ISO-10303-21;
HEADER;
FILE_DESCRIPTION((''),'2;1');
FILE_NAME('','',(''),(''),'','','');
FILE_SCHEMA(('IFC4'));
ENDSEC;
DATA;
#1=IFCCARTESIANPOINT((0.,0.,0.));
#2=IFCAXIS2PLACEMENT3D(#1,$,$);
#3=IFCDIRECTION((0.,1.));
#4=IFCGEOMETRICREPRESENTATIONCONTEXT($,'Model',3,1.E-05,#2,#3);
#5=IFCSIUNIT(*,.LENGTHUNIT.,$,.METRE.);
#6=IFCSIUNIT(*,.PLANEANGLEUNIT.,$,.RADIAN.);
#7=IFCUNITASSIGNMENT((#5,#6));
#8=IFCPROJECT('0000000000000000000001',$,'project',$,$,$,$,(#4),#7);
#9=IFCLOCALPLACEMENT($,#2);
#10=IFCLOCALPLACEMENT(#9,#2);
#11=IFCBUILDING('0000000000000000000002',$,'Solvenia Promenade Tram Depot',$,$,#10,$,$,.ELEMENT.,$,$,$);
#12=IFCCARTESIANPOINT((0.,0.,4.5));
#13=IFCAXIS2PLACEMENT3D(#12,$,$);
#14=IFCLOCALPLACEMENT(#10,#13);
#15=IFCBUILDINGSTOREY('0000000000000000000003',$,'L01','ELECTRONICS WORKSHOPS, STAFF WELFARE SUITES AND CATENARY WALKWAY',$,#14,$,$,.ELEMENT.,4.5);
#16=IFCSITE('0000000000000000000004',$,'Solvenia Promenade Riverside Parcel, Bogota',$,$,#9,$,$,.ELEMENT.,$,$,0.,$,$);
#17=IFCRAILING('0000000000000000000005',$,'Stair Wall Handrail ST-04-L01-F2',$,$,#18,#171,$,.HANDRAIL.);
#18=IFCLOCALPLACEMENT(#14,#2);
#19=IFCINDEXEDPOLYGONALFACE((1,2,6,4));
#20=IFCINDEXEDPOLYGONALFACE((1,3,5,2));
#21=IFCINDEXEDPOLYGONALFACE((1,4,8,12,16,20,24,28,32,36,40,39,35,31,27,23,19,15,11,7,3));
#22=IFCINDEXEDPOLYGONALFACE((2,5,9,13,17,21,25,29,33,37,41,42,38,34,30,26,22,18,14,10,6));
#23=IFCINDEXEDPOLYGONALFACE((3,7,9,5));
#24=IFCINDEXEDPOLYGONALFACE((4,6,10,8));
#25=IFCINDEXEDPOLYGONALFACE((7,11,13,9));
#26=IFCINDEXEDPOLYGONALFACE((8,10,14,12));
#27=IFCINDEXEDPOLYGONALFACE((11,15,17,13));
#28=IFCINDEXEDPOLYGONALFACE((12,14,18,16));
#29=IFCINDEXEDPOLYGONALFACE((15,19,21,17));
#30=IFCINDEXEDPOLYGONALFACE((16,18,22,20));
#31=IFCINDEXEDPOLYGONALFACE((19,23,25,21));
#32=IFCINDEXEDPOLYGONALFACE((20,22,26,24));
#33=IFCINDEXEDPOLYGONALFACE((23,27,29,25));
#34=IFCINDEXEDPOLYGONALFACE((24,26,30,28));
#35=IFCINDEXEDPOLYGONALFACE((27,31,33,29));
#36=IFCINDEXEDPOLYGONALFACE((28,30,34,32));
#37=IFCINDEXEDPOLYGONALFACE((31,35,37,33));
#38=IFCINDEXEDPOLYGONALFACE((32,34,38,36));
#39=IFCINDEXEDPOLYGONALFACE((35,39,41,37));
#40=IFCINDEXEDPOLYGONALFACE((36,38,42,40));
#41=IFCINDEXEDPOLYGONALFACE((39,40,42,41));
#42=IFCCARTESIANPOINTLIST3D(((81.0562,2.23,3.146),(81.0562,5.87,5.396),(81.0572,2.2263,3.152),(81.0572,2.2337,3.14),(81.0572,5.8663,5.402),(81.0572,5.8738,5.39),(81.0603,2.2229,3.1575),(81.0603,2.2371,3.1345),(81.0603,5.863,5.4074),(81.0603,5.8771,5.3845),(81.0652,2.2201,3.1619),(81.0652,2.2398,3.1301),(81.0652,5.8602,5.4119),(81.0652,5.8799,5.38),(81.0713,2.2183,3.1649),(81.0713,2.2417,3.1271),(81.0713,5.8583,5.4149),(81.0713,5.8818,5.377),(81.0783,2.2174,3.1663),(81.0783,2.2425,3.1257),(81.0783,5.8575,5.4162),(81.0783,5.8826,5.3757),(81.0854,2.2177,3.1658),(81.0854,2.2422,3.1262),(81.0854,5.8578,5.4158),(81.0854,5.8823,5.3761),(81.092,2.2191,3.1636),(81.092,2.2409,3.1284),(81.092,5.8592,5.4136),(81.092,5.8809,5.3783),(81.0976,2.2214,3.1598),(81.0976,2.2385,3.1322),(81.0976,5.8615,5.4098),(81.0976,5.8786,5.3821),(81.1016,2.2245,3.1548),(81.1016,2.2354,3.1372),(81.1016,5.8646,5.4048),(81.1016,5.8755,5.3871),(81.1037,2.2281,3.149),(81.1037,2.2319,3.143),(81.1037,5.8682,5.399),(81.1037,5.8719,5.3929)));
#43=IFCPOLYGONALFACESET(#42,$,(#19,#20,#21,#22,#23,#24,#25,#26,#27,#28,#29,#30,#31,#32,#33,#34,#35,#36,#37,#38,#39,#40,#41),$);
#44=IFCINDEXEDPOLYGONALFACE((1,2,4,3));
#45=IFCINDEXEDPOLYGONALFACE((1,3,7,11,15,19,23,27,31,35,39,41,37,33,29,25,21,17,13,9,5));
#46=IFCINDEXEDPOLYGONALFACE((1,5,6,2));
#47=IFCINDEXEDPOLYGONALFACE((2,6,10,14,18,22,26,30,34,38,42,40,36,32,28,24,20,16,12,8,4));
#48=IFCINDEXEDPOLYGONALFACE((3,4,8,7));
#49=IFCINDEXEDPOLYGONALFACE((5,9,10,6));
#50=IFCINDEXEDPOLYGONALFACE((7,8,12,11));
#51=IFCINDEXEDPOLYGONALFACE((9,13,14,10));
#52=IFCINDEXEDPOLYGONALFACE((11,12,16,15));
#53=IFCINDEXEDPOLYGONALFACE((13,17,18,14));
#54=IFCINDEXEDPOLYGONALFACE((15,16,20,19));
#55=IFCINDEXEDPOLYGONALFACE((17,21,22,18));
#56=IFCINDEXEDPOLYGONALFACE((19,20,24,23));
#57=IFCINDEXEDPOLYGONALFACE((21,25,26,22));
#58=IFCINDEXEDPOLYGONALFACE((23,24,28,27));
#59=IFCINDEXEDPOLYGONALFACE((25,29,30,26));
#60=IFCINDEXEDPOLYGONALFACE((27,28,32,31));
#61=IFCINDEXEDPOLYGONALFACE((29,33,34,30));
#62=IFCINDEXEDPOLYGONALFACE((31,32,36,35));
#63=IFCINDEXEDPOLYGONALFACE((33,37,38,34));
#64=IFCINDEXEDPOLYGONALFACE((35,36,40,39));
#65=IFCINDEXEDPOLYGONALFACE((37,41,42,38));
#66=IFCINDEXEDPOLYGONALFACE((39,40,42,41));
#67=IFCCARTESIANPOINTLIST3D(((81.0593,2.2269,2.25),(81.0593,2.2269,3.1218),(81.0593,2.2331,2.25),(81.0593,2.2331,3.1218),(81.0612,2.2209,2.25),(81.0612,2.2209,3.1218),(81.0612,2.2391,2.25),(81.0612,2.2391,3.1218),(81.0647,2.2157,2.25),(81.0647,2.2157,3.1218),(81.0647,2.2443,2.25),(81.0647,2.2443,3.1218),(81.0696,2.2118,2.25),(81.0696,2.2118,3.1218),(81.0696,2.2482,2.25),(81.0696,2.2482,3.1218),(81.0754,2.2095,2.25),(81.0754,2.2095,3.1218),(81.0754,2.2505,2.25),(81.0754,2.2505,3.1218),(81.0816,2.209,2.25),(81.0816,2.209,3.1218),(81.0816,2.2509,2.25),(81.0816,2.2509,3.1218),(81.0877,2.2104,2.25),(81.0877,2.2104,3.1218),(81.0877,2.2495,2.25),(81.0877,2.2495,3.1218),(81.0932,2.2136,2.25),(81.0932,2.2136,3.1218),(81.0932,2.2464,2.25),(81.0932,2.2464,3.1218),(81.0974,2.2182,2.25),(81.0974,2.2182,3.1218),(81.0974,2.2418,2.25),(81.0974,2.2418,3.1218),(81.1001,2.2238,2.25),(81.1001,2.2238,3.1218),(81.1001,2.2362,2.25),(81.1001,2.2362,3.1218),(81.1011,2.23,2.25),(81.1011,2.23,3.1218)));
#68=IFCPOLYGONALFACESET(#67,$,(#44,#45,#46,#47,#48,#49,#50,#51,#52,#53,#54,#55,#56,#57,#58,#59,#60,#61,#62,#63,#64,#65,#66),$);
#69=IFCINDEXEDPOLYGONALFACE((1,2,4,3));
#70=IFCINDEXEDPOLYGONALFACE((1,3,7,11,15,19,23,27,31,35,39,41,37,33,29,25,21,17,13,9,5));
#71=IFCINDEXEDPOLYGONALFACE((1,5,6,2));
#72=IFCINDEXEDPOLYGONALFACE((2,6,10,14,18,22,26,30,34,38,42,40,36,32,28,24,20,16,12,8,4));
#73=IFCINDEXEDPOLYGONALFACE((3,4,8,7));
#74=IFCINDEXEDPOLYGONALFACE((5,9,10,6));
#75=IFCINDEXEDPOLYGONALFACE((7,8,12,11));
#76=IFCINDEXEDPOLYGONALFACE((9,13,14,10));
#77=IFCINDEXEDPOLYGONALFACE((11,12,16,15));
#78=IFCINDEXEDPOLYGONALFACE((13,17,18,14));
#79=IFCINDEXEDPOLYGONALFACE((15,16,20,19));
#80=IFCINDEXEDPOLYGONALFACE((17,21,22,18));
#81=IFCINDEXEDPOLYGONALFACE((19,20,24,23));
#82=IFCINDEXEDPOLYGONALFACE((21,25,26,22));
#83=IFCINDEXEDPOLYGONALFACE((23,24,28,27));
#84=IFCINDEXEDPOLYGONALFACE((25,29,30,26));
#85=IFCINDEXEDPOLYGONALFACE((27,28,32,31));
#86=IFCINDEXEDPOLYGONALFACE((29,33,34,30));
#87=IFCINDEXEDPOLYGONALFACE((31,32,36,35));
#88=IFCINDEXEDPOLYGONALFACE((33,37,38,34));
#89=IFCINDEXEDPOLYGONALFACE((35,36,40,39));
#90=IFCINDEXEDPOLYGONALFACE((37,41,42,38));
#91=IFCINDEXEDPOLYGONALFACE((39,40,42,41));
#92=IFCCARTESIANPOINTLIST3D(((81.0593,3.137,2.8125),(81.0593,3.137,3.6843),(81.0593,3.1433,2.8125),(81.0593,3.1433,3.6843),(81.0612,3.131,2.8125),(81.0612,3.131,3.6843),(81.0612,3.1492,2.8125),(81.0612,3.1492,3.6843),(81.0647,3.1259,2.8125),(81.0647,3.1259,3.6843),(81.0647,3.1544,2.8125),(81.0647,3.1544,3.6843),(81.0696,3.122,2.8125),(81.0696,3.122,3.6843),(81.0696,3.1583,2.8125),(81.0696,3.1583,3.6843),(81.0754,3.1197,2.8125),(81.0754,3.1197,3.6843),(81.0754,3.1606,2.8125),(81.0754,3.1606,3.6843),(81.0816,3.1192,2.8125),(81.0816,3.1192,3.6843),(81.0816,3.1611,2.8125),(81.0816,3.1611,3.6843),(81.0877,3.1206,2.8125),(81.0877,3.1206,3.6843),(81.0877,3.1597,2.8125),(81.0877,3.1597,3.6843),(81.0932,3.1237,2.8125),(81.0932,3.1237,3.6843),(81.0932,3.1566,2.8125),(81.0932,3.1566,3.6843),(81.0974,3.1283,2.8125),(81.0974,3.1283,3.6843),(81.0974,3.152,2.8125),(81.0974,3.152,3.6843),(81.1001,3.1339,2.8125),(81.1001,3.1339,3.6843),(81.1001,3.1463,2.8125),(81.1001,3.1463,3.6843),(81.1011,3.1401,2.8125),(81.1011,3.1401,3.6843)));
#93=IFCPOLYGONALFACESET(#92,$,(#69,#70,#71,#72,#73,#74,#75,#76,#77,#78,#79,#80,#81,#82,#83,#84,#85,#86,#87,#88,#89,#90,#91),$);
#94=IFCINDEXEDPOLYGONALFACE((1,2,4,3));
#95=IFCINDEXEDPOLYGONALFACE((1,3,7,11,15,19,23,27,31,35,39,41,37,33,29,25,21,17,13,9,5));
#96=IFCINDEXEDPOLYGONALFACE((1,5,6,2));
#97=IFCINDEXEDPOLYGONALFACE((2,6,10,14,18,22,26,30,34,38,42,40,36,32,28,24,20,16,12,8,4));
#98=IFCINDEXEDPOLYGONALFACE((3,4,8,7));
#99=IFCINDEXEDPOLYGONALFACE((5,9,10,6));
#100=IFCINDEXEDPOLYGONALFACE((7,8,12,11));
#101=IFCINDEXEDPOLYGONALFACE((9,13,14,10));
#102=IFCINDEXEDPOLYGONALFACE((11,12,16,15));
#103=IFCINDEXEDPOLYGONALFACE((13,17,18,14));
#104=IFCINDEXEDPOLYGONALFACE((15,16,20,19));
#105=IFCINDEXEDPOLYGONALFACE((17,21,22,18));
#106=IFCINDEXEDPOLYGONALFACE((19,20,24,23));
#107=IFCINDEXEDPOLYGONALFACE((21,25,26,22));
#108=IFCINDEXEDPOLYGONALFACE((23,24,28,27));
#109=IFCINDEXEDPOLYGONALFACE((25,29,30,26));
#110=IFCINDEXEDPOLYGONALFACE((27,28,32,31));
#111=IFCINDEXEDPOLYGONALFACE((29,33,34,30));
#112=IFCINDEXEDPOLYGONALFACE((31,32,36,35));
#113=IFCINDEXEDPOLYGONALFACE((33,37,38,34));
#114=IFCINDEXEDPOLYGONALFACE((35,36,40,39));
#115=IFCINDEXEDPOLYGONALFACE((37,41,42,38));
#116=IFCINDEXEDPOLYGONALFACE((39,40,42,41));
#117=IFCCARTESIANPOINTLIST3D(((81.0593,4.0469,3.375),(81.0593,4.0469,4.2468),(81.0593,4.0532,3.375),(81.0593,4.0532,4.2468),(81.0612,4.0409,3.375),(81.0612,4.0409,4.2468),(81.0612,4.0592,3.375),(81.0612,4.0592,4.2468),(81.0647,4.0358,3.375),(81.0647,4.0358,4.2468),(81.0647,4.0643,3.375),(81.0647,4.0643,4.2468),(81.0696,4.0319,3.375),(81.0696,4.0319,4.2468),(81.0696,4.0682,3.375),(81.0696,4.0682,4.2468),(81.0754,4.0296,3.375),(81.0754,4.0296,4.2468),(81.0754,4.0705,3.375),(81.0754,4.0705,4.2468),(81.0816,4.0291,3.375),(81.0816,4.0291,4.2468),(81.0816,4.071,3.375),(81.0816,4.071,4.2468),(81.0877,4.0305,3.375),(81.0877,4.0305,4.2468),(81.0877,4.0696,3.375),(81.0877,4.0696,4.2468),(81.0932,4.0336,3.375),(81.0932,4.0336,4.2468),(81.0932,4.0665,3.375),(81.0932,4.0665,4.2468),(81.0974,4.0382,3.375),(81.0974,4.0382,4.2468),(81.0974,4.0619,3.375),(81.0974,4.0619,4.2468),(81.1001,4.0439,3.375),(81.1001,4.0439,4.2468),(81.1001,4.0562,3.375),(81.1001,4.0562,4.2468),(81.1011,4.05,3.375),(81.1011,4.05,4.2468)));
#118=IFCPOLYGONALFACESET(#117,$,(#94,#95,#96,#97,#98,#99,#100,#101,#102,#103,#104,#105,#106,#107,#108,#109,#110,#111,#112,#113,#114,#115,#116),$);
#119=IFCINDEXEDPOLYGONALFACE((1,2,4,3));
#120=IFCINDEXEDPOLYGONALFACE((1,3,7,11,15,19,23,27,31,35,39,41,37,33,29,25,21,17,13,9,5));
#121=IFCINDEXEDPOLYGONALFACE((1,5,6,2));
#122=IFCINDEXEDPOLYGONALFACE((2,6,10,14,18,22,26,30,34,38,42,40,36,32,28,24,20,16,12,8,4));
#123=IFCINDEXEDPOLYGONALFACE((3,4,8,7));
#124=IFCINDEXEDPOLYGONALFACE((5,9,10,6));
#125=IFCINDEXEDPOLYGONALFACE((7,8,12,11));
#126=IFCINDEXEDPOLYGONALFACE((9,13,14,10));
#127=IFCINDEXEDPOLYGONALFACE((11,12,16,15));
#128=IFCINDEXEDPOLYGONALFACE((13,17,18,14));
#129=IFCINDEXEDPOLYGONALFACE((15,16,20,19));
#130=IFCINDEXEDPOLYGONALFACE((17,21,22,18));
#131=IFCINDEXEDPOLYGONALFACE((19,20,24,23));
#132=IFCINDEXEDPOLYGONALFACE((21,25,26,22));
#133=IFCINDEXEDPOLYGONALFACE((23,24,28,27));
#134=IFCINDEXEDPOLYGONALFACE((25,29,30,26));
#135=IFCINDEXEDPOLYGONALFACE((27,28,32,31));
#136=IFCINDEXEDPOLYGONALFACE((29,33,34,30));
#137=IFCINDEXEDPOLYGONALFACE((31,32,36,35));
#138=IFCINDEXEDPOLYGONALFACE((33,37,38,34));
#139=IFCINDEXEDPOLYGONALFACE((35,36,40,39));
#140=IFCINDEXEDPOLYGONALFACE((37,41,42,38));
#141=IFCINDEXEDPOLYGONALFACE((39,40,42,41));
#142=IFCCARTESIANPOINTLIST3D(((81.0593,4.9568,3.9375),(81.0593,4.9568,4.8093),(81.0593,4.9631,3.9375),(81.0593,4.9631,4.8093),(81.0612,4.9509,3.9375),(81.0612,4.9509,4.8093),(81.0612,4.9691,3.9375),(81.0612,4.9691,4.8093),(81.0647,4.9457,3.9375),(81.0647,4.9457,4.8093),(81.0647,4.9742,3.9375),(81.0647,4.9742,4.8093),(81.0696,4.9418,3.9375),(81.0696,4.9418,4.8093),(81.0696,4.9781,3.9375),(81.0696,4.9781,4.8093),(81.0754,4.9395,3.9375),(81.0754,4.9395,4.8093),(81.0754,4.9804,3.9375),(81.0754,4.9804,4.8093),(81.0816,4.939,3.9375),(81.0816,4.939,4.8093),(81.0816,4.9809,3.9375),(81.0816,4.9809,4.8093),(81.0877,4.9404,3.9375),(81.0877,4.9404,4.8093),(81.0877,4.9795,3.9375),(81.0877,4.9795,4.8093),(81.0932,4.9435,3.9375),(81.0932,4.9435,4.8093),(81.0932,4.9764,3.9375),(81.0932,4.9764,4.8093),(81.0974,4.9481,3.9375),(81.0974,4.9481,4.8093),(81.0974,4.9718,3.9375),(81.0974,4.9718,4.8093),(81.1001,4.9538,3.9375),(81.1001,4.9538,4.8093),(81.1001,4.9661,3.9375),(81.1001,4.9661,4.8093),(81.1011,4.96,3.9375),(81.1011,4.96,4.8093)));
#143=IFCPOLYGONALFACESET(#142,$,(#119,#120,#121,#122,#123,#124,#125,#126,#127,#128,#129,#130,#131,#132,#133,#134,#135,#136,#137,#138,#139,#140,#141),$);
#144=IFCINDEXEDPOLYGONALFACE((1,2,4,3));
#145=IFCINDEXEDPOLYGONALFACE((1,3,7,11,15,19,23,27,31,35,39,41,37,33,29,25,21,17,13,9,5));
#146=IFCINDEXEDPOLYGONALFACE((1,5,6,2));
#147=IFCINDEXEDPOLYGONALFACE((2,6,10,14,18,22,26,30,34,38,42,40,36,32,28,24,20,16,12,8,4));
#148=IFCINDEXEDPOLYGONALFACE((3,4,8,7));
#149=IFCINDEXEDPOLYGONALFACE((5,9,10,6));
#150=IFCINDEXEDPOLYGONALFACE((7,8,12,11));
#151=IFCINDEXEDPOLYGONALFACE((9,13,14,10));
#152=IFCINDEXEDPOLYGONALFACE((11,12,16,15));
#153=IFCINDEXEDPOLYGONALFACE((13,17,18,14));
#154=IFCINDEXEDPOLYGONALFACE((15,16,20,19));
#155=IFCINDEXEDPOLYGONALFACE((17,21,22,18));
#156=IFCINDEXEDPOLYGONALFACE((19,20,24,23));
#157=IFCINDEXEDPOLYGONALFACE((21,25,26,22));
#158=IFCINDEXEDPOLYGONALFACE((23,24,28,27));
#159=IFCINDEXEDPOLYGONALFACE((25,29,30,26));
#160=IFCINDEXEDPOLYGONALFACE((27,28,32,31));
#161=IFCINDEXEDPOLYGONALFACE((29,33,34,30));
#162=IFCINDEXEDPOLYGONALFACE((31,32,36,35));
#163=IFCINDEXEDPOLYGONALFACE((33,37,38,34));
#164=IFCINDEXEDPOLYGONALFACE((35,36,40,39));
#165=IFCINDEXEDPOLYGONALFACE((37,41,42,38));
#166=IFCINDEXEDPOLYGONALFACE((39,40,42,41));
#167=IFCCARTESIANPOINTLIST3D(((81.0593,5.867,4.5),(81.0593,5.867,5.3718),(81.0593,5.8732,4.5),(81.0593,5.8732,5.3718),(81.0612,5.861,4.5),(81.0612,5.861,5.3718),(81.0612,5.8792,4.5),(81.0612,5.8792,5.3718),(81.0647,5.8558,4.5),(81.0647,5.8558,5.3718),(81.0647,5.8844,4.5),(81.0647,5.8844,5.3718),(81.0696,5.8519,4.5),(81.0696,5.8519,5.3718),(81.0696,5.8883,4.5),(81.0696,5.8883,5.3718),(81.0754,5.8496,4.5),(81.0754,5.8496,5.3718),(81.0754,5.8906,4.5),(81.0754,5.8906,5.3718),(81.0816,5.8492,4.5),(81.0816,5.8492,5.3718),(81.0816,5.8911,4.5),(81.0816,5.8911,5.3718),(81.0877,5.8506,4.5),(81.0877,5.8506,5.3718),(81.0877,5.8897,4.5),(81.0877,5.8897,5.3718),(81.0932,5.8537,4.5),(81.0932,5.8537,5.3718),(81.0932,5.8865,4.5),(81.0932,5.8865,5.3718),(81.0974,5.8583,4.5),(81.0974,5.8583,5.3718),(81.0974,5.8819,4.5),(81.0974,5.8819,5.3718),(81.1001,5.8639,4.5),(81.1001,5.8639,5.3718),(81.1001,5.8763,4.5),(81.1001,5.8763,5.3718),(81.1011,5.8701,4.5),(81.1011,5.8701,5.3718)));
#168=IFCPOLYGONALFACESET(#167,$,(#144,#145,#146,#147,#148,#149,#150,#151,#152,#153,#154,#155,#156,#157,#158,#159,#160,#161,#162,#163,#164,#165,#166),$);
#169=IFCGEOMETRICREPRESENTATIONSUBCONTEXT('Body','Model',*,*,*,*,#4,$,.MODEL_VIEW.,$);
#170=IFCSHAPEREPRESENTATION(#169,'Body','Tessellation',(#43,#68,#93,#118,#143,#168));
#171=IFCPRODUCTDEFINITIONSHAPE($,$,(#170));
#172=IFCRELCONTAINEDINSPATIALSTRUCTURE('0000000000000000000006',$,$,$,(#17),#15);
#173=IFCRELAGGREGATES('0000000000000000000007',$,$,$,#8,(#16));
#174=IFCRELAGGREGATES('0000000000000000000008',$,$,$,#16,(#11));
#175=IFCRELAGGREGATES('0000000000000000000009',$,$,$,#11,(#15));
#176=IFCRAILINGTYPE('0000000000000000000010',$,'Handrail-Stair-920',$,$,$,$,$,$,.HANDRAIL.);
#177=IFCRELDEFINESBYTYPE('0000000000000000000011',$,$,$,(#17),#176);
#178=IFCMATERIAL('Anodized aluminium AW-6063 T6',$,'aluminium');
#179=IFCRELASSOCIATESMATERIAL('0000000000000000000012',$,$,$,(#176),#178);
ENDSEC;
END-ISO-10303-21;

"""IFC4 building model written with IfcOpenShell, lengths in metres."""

from ifc_helpers import new_model, si_unit, direction, frame, origin, origin_2d, place, context, subcontext, project, spatial, circle, extrude, material, type_object, element, save


model = new_model("IFC4")

# Units and contexts
model_context = context("Model", 3, precision=1e-05, world=origin(), true_north=direction((0.0, 1.0)))
body_context = subcontext(model_context, "Body", "Model", "MODEL_VIEW")
ifc_project = project(units=[si_unit("LENGTHUNIT", "METRE"), si_unit("PLANEANGLEUNIT", "RADIAN")], contexts=[model_context])

# Site, building, storey
site_placement = place(None, origin())
site = spatial("IfcSite", under=ifc_project, at=site_placement, Name="Solvenia Promenade Riverside Parcel, Bogota", CompositionType="ELEMENT", RefElevation=0.0)
building_placement = place(site_placement, origin())
building = spatial("IfcBuilding", under=site, at=building_placement, Name="Solvenia Promenade Tram Depot", CompositionType="ELEMENT")
storey_placement = place(building_placement, frame((0.0, 0.0, 4.5)))
storey = spatial("IfcBuildingStorey", under=building, at=storey_placement, Name="L01", Description="ELECTRONICS WORKSHOPS, STAFF WELFARE SUITES AND CATENARY WALKWAY", CompositionType="ELEMENT", Elevation=4.5)

# Shared definitions
ifc_material_1 = material(Name="Anodized aluminium AW-6063 T6", Category="aluminium")

# Railing
railing_type_1 = type_object("IfcRailingType", Name="Handrail-Stair-920", PredefinedType="HANDRAIL", material=ifc_material_1)
railing_1_placement = place(storey_placement, frame((81.0801, 2.23, 2.25)))
element("IfcRailing", 1, at=railing_1_placement, inside=storey, type_object=railing_type_1, Name="Stair Wall Handrail ST-04-L01-F2", PredefinedType="HANDRAIL", context=body_context, shape_type="SweptSolid", body=[
    extrude(circle(Radius=0.0239, at=origin_2d()), frame((0.0, 0.0, 0.896), z_axis=(0.0, 0.850622, 0.525777), x_axis=(-1.0, 0.0, 0.0)), (0.0, 0.0, 1.0), 4.2793),
    extrude(circle(Radius=0.021, at=origin_2d()), origin(), (0.0, 0.0, 1.0), 0.8718),
    extrude(circle(Radius=0.021, at=origin_2d()), frame((0.0, 0.9102, 0.5625)), (0.0, 0.0, 1.0), 0.8718),
    extrude(circle(Radius=0.021, at=origin_2d()), frame((0.0, 1.8201, 1.125)), (0.0, 0.0, 1.0), 0.8718),
    extrude(circle(Radius=0.021, at=origin_2d()), frame((0.0, 2.73, 1.6875)), (0.0, 0.0, 1.0), 0.8718),
    extrude(circle(Radius=0.021, at=origin_2d()), frame((0.0, 3.6401, 2.25)), (0.0, 0.0, 1.0), 0.8718),
])

save(model, "model.ifc")
